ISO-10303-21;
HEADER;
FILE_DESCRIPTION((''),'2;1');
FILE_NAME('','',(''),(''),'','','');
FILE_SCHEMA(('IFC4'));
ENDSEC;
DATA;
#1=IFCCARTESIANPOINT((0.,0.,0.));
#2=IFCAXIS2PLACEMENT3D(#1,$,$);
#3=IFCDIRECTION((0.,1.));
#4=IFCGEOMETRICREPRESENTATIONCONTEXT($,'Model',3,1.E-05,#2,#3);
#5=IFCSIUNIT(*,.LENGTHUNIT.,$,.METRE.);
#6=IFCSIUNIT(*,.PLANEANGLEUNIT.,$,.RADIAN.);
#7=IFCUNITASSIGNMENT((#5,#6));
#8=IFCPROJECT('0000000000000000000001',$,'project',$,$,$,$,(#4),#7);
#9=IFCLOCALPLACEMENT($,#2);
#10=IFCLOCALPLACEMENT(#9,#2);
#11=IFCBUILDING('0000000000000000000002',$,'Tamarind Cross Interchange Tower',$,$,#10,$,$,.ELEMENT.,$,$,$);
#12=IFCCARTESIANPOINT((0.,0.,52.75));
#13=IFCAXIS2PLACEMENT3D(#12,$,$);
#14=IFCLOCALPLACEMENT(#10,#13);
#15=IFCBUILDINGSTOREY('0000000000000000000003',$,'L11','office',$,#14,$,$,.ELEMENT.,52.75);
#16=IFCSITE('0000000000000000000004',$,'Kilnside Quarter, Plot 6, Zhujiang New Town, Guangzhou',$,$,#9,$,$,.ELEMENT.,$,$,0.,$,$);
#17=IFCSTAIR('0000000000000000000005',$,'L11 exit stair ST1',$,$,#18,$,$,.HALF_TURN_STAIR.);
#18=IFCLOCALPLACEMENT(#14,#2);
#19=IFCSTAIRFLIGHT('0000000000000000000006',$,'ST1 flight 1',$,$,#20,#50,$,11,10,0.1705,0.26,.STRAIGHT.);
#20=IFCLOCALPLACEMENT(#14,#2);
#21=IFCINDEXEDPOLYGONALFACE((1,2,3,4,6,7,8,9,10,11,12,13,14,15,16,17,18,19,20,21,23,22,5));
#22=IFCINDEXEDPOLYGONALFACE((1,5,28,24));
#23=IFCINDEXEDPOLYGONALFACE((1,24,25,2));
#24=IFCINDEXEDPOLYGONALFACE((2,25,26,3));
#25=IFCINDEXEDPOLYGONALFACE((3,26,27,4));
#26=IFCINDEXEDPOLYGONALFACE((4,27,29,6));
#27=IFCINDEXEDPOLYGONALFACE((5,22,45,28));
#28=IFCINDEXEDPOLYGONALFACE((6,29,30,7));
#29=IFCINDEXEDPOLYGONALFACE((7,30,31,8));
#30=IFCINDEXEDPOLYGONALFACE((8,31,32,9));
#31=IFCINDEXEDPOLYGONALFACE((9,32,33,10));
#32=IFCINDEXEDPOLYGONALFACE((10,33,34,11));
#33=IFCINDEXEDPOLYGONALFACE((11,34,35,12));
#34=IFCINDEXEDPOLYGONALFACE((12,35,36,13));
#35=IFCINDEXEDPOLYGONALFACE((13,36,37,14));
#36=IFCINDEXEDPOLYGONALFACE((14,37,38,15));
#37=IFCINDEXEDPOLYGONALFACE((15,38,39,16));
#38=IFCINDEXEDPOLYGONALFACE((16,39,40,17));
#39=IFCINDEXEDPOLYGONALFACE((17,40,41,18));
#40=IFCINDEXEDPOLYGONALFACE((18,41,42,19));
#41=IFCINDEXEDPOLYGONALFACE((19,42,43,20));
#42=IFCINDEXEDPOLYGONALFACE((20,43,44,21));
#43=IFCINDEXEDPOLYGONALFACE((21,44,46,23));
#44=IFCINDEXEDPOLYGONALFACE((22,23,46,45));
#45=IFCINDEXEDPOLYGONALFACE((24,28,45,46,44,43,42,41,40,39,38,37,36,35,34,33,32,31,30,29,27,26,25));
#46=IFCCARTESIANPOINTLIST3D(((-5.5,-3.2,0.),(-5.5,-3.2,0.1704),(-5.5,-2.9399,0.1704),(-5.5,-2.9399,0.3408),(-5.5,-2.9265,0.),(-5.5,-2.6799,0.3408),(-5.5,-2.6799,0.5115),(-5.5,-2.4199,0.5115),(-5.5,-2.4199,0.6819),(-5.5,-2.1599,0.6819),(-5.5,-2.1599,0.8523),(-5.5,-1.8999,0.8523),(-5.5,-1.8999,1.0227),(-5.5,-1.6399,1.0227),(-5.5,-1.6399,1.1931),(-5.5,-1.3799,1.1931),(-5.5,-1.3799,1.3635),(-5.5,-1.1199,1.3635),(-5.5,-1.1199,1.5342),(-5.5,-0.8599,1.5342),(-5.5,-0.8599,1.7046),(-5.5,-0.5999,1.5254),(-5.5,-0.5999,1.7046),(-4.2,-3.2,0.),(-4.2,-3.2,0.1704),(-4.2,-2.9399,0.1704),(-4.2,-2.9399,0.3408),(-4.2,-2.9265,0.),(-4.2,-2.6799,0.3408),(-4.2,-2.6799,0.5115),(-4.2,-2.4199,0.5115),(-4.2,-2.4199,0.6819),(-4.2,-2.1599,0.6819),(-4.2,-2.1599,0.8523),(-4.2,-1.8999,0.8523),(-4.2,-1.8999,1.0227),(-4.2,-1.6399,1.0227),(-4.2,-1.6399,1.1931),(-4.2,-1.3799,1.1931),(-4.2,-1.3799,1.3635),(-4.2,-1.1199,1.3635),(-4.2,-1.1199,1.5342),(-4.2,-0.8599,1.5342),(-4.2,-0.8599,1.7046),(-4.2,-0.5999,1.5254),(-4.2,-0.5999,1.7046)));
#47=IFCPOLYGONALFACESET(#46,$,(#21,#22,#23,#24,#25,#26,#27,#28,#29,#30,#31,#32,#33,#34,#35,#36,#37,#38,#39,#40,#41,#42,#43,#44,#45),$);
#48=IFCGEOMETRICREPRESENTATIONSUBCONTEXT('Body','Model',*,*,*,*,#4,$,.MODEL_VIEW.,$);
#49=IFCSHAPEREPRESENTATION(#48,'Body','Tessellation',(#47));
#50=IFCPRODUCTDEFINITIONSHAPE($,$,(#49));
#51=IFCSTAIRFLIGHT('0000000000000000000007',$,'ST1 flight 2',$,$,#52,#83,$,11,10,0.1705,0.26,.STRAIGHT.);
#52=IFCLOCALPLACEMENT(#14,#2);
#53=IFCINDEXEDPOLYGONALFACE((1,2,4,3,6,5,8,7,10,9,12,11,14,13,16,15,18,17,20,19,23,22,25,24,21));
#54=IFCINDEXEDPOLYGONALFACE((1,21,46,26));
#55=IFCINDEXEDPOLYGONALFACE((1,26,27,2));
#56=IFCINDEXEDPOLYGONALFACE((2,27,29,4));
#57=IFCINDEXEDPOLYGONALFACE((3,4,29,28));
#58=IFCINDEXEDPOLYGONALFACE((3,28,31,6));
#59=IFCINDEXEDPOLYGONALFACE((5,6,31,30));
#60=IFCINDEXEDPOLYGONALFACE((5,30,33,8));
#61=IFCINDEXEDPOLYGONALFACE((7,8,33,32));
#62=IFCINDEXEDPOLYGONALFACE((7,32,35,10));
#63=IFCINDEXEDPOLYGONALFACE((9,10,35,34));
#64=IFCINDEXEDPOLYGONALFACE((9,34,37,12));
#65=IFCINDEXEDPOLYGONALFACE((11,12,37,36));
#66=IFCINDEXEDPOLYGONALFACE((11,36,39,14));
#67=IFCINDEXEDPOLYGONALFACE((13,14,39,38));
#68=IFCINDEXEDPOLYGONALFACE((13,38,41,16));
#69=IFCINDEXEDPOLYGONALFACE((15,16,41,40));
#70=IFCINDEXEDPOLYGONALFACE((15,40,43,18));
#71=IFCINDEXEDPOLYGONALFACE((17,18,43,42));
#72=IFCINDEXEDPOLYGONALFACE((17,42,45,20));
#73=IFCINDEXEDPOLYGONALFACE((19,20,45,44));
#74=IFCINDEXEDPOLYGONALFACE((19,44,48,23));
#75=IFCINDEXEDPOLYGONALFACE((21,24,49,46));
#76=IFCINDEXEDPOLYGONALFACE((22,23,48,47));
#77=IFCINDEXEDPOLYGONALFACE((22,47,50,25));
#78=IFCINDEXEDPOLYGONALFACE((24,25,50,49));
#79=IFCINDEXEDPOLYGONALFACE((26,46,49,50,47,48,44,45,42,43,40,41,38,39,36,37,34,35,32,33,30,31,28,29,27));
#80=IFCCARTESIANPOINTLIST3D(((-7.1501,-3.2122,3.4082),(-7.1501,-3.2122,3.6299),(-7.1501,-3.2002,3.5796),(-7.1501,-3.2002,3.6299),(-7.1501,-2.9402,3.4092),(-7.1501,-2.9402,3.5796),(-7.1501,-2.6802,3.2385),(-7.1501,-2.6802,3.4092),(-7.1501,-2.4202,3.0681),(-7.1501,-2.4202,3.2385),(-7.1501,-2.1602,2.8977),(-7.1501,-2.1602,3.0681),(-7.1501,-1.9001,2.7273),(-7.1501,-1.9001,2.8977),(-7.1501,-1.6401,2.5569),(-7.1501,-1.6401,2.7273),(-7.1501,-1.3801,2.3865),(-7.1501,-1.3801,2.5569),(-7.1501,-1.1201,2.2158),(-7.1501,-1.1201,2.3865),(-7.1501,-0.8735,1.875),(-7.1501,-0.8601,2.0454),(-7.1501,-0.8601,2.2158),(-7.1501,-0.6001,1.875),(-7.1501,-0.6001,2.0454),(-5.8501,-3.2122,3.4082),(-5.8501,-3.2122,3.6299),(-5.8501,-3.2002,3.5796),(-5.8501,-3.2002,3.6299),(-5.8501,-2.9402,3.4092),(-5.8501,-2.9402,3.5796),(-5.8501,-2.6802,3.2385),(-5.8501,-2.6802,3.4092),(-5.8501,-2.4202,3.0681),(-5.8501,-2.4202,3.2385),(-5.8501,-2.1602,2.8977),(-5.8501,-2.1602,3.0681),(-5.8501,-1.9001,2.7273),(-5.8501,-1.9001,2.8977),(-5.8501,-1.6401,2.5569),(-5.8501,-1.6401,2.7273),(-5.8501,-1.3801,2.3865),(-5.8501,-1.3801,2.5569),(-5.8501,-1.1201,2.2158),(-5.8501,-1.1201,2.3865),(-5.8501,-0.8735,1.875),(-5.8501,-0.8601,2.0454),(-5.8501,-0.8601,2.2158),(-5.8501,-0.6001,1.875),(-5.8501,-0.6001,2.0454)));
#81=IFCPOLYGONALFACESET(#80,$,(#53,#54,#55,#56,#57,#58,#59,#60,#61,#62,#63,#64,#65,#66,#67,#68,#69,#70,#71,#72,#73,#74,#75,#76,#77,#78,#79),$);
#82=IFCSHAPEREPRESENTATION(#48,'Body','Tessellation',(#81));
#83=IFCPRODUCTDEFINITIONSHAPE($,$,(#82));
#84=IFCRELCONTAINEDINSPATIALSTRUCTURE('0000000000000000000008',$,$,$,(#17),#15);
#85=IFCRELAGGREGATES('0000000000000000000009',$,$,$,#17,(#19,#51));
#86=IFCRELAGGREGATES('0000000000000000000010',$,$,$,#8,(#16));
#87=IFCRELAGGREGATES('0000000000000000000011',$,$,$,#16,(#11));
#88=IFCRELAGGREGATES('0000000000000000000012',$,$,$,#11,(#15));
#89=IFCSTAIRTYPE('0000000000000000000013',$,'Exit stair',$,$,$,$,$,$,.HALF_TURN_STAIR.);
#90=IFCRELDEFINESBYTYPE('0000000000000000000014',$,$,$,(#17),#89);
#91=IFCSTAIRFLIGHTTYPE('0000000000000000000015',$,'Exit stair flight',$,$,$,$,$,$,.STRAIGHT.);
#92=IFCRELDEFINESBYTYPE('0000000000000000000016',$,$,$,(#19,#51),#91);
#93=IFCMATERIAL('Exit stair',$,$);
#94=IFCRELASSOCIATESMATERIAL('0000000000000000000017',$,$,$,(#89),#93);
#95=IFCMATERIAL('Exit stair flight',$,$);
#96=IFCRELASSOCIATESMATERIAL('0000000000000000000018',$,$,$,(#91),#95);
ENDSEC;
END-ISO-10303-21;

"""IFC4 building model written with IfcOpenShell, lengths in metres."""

from ifc_helpers import new_model, si_unit, direction, frame, origin, place, context, subcontext, project, spatial, polyline, outline, extrude, material, type_object, element, aggregate, save


model = new_model("IFC4")

# Units and contexts
model_context = context("Model", 3, precision=1e-05, world=origin(), true_north=direction((0.0, 1.0)))
body_context = subcontext(model_context, "Body", "Model", "MODEL_VIEW")
ifc_project = project(units=[si_unit("LENGTHUNIT", "METRE"), si_unit("PLANEANGLEUNIT", "RADIAN")], contexts=[model_context])

# Site, building, storey
site_placement = place(None, origin())
site = spatial("IfcSite", under=ifc_project, at=site_placement, Name="Kilnside Quarter, Plot 6, Zhujiang New Town, Guangzhou", CompositionType="ELEMENT", RefElevation=0.0)
building_placement = place(site_placement, origin())
building = spatial("IfcBuilding", under=site, at=building_placement, Name="Tamarind Cross Interchange Tower", CompositionType="ELEMENT")
storey_placement = place(building_placement, frame((0.0, 0.0, 52.75)))
storey = spatial("IfcBuildingStorey", under=building, at=storey_placement, Name="L11", Description="office", CompositionType="ELEMENT", Elevation=52.75)

# Stair, stair flights
ifc_material_1 = material(Name="Exit stair")
stair_type = type_object("IfcStairType", Name="Exit stair", PredefinedType="HALF_TURN_STAIR", material=ifc_material_1)
stair_placement = place(storey_placement, origin())
stair = element("IfcStair", 1, at=stair_placement, inside=storey, type_object=stair_type, Name="L11 exit stair ST1", PredefinedType="HALF_TURN_STAIR")
ifc_material_2 = material(Name="Exit stair flight")
stair_flight_type = type_object("IfcStairFlightType", Name="Exit stair flight", PredefinedType="STRAIGHT", material=ifc_material_2)
stair_flight_1_placement = place(storey_placement, frame((-4.8501, -3.2, 0.0), z_axis=(0.0, 0.0, 1.0), x_axis=(0.0, 1.0, 0.0)))
stair_flight_1 = element("IfcStairFlight", 2, at=stair_flight_1_placement, type_object=stair_flight_type, Name="ST1 flight 1", NumberOfRisers=11, NumberOfTreads=10, PredefinedType="STRAIGHT", RiserHeight=0.1705, TreadLength=0.26, context=body_context, shape_type="SweptSolid", body=[
    extrude(outline(polyline([(0.0, 0.0), (0.0, 0.1704), (0.26, 0.1704), (0.26, 0.3408), (0.52, 0.3408), (0.52, 0.5115), (0.78, 0.5115), (0.78, 0.6819), (1.04, 0.6819), (1.04, 0.8523), (1.3, 0.8523), (1.3, 1.0227), (1.5601, 1.0227), (1.5601, 1.1931), (1.8201, 1.1931), (1.8201, 1.3635), (2.0801, 1.3635), (2.0801, 1.5342), (2.3401, 1.5342), (2.3401, 1.7046), (2.6001, 1.7046), (2.6001, 1.875), (2.6001, 1.5254), (0.2734, 0.0), (0.0, 0.0)])), frame((0.0, 0.6499, 0.0), z_axis=(0.0, -1.0, 0.0), x_axis=(1.0, 0.0, 0.0)), (0.0, 0.0, 1.0), 1.3),
])
stair_flight_2_placement = place(storey_placement, frame((-6.5, -0.6001, 1.875), z_axis=(0.0, 0.0, 1.0), x_axis=(0.0, -1.0, 0.0)))
stair_flight_2 = element("IfcStairFlight", 3, at=stair_flight_2_placement, type_object=stair_flight_type, Name="ST1 flight 2", NumberOfRisers=11, NumberOfTreads=10, PredefinedType="STRAIGHT", RiserHeight=0.1705, TreadLength=0.26, context=body_context, shape_type="SweptSolid", body=[
    extrude(outline(polyline([(0.0, 0.0), (0.0, 0.1704), (0.26, 0.1704), (0.26, 0.3408), (0.52, 0.3408), (0.52, 0.5115), (0.78, 0.5115), (0.78, 0.6819), (1.04, 0.6819), (1.04, 0.8523), (1.3, 0.8523), (1.3, 1.0227), (1.5601, 1.0227), (1.5601, 1.1931), (1.8201, 1.1931), (1.8201, 1.3635), (2.0801, 1.3635), (2.0801, 1.5342), (2.3401, 1.5342), (2.3401, 1.7046), (2.6001, 1.7046), (2.6001, 1.7549), (2.6121, 1.7549), (2.6121, 1.5332), (0.2734, 0.0), (0.0, 0.0)])), frame((0.0, 0.6499, 0.0), z_axis=(0.0, -1.0, 0.0), x_axis=(1.0, 0.0, 0.0)), (0.0, 0.0, 1.0), 1.3),
])
aggregate(stair, [stair_flight_1, stair_flight_2])

save(model, "model.ifc")
